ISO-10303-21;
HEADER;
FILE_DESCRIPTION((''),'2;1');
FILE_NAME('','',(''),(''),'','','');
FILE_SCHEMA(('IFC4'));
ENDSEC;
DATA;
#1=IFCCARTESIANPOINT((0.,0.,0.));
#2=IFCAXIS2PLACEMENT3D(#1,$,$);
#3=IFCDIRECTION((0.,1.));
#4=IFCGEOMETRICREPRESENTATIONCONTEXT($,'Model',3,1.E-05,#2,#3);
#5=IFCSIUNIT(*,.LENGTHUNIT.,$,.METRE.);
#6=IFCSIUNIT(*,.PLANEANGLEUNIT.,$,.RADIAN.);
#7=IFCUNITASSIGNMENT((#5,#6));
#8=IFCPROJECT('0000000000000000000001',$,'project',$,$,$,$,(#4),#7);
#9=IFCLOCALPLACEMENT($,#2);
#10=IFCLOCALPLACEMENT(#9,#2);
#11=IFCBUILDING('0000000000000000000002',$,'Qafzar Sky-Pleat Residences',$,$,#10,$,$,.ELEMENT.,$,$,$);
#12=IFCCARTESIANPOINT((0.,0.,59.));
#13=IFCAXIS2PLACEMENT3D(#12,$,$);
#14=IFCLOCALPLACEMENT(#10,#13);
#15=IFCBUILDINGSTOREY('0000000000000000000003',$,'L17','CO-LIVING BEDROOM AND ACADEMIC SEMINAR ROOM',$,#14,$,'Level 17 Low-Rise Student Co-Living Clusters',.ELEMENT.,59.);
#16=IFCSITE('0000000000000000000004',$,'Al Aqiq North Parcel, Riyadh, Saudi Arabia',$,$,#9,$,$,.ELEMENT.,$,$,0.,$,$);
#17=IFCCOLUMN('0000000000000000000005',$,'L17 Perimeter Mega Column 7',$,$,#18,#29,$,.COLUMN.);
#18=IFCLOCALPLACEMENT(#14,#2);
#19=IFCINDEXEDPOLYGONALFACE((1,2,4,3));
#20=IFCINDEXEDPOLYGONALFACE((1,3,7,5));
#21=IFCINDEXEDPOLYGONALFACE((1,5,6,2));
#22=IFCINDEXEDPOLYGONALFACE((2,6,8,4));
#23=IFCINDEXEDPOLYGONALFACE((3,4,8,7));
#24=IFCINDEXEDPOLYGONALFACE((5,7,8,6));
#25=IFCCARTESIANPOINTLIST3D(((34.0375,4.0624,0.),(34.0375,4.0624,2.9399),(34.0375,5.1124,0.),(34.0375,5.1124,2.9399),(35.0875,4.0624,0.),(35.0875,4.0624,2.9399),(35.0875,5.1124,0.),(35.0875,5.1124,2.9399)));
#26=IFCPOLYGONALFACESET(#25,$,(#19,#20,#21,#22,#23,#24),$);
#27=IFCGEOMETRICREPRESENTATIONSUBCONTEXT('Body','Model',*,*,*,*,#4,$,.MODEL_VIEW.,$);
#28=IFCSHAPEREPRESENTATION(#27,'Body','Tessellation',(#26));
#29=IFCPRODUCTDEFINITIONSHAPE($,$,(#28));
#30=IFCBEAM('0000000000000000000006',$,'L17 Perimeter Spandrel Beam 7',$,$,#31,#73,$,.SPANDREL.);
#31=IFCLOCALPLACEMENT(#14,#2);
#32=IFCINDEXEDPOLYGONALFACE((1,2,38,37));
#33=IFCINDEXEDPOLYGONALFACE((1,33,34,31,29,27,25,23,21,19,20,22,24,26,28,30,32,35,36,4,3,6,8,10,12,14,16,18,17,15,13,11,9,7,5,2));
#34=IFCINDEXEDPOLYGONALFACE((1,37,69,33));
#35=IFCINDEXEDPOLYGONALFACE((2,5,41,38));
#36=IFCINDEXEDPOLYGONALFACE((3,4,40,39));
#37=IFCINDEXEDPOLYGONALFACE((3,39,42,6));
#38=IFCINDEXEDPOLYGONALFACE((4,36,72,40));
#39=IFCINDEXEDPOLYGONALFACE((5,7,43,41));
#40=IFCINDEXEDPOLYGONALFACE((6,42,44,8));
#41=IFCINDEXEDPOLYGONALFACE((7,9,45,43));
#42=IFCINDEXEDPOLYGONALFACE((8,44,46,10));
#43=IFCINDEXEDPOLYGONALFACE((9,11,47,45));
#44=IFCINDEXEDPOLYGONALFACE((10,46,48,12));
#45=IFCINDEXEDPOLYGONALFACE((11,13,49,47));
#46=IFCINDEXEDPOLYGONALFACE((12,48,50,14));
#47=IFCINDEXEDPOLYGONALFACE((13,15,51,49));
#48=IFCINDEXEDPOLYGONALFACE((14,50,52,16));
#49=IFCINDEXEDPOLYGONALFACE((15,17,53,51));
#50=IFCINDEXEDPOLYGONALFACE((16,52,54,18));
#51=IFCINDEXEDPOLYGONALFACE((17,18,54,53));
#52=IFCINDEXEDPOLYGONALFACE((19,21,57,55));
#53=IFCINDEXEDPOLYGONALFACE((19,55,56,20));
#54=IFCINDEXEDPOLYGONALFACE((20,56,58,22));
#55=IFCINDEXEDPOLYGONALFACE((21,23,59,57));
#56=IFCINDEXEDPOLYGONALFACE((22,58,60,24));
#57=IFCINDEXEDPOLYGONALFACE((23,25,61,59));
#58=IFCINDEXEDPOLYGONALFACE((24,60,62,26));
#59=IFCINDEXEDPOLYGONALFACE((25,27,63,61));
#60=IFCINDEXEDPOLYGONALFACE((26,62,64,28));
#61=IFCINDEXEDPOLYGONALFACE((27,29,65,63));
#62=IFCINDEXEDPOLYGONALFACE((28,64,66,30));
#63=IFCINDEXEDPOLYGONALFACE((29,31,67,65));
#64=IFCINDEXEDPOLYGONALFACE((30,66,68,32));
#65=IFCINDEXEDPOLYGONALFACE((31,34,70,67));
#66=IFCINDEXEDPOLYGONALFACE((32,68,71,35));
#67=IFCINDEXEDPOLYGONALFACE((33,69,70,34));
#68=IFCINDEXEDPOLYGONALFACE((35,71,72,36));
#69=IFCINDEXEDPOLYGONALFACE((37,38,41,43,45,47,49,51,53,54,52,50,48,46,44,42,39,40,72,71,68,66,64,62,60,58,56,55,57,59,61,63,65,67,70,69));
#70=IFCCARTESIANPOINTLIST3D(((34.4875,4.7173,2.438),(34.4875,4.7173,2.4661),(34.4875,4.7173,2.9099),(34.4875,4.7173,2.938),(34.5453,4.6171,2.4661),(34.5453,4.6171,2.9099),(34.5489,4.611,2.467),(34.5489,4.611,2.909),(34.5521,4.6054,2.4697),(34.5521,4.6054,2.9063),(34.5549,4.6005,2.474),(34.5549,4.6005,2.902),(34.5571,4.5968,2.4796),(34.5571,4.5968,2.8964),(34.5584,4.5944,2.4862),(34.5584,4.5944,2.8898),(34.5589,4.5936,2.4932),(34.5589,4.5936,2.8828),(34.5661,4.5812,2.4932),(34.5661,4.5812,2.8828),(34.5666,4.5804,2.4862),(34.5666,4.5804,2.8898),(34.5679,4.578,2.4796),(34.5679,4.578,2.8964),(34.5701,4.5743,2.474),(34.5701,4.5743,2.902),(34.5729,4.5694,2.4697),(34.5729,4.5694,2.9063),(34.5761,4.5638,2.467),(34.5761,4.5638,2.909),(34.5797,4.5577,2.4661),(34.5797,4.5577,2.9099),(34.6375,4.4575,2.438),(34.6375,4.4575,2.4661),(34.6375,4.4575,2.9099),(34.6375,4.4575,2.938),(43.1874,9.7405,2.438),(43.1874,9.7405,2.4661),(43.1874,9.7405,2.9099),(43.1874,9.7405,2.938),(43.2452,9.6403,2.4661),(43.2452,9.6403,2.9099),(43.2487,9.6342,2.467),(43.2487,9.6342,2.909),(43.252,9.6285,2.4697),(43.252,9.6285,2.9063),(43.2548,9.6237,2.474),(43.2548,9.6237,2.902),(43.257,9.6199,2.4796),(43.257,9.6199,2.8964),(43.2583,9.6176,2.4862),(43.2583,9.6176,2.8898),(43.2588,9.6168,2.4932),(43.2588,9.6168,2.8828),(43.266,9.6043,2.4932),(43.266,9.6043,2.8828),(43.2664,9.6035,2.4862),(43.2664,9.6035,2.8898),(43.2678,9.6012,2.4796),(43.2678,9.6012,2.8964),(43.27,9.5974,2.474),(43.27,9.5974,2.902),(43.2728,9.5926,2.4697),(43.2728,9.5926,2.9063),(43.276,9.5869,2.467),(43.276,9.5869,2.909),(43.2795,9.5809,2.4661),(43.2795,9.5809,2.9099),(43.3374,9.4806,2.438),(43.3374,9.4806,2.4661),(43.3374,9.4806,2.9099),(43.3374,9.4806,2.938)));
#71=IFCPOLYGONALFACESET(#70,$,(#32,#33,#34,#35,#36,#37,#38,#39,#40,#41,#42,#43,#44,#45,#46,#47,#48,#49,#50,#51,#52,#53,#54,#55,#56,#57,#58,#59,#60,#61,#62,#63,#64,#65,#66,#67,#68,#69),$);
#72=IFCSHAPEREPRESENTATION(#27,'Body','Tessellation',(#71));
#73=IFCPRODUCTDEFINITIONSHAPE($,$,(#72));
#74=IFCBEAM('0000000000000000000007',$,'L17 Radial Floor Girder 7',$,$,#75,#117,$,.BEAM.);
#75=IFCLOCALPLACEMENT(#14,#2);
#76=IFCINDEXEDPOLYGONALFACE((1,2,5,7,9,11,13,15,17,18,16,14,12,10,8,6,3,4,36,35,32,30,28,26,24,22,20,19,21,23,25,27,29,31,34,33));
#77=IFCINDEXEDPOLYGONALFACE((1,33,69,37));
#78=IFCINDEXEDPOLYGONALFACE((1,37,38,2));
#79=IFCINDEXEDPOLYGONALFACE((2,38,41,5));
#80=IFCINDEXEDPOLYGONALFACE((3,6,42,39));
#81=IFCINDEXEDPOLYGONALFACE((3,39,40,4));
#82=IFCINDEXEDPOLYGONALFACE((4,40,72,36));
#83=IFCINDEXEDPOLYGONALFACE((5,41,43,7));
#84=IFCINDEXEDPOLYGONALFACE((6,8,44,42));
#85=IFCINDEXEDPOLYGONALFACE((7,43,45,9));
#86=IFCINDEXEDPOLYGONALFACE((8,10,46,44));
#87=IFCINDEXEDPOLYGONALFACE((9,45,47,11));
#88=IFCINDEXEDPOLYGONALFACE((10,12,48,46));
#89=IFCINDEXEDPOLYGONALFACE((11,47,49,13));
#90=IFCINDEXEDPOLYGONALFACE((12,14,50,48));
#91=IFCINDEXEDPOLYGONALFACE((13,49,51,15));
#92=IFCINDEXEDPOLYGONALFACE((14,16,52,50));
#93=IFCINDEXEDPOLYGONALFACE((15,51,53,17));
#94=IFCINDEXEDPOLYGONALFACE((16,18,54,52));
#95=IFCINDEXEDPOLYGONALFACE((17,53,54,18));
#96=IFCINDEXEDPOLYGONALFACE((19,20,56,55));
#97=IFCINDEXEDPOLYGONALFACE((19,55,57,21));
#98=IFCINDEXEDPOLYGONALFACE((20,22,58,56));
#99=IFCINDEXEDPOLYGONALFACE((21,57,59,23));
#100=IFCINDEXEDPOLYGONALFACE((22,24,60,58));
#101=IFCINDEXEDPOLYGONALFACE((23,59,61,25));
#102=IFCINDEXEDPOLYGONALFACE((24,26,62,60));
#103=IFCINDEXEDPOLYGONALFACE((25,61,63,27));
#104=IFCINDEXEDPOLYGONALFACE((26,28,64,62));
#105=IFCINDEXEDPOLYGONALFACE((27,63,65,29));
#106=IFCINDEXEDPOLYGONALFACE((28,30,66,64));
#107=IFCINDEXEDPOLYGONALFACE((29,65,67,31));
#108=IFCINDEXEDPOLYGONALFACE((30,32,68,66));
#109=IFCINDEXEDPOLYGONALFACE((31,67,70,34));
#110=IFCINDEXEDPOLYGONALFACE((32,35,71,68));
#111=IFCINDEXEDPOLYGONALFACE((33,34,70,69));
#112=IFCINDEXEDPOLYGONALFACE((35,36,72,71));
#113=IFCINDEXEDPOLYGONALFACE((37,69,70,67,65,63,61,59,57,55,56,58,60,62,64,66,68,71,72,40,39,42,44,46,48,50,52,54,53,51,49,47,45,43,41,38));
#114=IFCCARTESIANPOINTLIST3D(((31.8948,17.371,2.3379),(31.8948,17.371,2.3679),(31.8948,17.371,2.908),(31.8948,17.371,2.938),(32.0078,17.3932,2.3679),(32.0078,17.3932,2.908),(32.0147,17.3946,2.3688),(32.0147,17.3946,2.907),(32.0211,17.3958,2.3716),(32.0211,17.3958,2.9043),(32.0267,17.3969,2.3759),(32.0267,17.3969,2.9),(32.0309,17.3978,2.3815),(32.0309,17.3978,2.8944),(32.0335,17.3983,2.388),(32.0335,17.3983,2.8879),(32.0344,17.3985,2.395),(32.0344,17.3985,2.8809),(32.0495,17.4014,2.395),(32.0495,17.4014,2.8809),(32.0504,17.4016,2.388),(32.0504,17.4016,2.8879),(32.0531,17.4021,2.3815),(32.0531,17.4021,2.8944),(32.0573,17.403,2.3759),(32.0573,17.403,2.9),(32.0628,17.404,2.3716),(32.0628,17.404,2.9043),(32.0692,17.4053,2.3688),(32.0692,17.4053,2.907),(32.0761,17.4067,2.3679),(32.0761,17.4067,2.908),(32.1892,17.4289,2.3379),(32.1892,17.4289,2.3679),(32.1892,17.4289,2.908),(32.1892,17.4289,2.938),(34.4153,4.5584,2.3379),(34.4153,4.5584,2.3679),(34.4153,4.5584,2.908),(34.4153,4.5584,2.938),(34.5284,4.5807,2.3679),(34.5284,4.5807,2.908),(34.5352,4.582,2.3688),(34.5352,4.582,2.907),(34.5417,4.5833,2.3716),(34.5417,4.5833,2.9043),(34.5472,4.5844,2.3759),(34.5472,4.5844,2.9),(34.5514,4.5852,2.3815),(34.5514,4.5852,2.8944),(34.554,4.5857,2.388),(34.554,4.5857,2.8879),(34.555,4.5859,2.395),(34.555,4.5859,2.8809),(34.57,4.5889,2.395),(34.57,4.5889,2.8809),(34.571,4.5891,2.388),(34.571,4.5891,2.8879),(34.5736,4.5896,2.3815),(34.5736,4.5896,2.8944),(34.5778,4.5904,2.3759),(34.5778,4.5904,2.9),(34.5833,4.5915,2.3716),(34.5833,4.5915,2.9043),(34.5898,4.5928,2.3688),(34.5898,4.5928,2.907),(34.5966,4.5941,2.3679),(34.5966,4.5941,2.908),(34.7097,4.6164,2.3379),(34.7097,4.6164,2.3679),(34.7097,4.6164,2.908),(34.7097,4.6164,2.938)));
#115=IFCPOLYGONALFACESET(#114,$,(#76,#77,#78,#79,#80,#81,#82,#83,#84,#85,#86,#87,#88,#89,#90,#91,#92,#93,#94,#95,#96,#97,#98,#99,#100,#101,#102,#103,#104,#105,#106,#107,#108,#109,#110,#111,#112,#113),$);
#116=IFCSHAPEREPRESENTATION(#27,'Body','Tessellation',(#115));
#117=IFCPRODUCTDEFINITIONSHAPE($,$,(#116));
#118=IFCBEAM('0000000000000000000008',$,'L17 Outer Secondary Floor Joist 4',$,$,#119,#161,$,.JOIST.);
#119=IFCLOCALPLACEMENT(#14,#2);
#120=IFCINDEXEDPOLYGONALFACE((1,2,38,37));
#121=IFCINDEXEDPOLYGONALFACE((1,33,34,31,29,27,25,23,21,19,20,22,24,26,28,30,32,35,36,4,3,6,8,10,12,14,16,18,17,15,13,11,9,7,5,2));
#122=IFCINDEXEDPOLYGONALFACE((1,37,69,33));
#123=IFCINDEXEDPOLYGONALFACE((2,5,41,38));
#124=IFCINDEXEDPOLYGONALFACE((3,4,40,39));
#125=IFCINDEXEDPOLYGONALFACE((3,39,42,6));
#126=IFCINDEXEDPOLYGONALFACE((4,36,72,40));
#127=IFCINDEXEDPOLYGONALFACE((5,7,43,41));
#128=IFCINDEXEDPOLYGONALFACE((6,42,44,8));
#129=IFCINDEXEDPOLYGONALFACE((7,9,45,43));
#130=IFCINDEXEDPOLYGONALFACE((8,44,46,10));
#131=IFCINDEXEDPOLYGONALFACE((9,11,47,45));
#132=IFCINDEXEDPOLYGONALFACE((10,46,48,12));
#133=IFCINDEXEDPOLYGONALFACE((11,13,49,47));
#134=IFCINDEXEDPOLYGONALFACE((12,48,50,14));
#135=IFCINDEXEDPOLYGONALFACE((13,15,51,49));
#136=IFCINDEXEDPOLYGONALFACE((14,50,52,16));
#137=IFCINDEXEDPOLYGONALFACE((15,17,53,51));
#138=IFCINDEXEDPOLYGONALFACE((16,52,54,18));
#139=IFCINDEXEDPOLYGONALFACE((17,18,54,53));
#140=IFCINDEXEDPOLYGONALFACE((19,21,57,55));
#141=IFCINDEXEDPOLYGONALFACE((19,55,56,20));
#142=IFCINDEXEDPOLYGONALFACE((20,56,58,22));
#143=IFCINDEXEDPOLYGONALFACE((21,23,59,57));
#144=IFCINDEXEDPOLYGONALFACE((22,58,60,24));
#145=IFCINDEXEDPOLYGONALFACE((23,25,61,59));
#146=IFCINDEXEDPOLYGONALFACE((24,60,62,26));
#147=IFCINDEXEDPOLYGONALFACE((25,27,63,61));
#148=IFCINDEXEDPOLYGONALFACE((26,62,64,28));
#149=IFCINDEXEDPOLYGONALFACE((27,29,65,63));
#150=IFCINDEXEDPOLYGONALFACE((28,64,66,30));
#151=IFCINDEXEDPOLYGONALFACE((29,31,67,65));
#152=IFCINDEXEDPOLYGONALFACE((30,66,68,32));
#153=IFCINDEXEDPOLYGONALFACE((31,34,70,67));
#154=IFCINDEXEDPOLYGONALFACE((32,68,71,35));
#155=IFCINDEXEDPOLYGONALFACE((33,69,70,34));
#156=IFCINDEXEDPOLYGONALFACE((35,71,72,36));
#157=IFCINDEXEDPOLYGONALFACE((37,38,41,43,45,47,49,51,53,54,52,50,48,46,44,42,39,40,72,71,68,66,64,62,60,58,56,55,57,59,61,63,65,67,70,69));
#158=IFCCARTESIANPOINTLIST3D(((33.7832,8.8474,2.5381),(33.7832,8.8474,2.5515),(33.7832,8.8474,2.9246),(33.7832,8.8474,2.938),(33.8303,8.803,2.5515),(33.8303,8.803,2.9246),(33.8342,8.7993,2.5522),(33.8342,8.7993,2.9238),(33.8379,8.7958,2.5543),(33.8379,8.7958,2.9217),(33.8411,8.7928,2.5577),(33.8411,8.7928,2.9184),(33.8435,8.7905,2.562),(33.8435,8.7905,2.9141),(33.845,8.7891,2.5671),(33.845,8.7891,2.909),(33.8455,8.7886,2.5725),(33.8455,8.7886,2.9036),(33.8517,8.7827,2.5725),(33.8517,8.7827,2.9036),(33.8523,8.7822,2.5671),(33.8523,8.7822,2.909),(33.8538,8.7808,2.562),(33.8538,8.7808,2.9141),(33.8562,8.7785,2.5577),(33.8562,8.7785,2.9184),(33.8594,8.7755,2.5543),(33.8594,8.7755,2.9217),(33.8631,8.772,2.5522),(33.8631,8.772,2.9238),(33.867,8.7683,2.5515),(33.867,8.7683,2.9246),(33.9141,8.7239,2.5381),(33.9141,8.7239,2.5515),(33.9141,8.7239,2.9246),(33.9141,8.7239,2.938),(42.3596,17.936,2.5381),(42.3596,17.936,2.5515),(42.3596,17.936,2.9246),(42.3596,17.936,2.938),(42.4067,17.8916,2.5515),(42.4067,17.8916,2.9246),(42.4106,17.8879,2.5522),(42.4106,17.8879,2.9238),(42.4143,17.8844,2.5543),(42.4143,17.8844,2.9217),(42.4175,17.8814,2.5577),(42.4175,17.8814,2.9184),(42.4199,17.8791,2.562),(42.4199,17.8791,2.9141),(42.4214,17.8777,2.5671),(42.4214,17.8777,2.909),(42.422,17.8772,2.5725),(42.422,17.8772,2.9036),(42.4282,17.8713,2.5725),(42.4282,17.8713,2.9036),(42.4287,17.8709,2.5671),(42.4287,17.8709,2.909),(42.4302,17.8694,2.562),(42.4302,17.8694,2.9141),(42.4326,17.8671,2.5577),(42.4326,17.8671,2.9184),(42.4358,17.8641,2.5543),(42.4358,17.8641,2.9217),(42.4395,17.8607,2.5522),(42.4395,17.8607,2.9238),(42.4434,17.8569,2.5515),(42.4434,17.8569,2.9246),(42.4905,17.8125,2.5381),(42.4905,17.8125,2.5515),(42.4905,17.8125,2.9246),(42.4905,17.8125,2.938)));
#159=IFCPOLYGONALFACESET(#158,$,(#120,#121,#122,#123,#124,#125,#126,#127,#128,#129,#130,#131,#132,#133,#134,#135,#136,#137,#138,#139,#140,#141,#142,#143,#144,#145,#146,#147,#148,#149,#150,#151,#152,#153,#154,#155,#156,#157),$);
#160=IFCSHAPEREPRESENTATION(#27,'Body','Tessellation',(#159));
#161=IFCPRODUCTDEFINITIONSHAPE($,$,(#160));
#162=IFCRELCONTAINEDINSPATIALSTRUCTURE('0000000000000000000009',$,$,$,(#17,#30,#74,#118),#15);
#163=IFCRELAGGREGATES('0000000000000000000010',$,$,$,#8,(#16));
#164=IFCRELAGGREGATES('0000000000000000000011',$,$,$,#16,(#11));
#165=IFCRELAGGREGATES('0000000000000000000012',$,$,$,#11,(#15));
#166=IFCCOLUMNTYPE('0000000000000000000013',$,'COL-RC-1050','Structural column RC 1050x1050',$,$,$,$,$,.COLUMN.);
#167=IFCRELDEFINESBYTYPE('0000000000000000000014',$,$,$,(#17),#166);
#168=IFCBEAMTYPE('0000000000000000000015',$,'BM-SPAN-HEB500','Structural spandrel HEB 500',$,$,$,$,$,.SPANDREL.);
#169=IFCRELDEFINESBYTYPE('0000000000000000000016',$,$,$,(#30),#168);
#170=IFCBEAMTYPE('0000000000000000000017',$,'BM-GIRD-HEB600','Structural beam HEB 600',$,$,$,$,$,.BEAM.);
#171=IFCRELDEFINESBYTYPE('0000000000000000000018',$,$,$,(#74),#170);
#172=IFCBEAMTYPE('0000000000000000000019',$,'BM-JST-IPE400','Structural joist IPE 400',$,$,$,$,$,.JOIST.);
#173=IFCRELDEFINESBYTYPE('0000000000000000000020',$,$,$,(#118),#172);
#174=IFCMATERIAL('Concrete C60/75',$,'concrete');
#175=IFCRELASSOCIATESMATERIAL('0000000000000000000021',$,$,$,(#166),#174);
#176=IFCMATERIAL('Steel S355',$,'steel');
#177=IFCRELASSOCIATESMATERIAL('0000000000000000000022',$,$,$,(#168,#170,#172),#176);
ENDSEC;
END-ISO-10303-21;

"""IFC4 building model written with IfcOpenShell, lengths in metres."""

from ifc_helpers import new_model, si_unit, direction, frame, origin, origin_2d, place, context, subcontext, project, spatial, rectangle, i_section, extrude, source, transform, mapped, material, material_profile, profile_set, type_object, element, save


model = new_model("IFC4")

# Units and contexts
model_context = context("Model", 3, precision=1e-05, world=origin(), true_north=direction((0.0, 1.0)))
body_context = subcontext(model_context, "Body", "Model", "MODEL_VIEW")
ifc_project = project(units=[si_unit("LENGTHUNIT", "METRE"), si_unit("PLANEANGLEUNIT", "RADIAN")], contexts=[model_context])

# Site, building, storey
site_placement = place(None, origin())
site = spatial("IfcSite", under=ifc_project, at=site_placement, Name="Al Aqiq North Parcel, Riyadh, Saudi Arabia", CompositionType="ELEMENT", RefElevation=0.0)
building_placement = place(site_placement, origin())
building = spatial("IfcBuilding", under=site, at=building_placement, Name="Qafzar Sky-Pleat Residences", CompositionType="ELEMENT")
storey_placement = place(building_placement, frame((0.0, 0.0, 59.0)))
storey = spatial("IfcBuildingStorey", under=building, at=storey_placement, Name="L17", Description="CO-LIVING BEDROOM AND ACADEMIC SEMINAR ROOM", LongName="Level 17 Low-Rise Student Co-Living Clusters", CompositionType="ELEMENT", Elevation=59.0)

# Column
ifc_material_1 = material(Name="Concrete C60/75", Category="concrete")
ifc_material_profile_1 = material_profile(ifc_material_1, rectangle(XDim=1.05, YDim=1.05, at=origin_2d()), Name="RC 1050x1050")
ifc_profile_set_1 = profile_set([ifc_material_profile_1], Name="Concrete C60/75")
column_type = type_object("IfcColumnType", Name="COL-RC-1050", Description="Structural column RC 1050x1050", PredefinedType="COLUMN", material=ifc_profile_set_1)
shared_shape_1 = source(origin(), body_context, "Body", "SweptSolid", [
    extrude(rectangle(XDim=1.05, YDim=1.05, at=origin_2d()), origin(), (0.0, 0.0, 1.0), 2.9399),
])
column_placement = place(storey_placement, frame((34.5625, 4.5874, 0.0), z_axis=(0.0, 0.0, 1.0), x_axis=(1.0, 0.0, 0.0)))
element("IfcColumn", 1, at=column_placement, inside=storey, type_object=column_type, Name="L17 Perimeter Mega Column 7", PredefinedType="COLUMN", context=body_context, shape_type="MappedRepresentation", body=[
    mapped(shared_shape_1, transform((0.0, 0.0, 0.0), x_axis=(1.0, 0.0, 0.0), y_axis=(0.0, 1.0, 0.0), z_axis=(0.0, 0.0, 1.0), scale=1.0)),
])

# Beams
ifc_material_2 = material(Name="Steel S355", Category="steel")
ifc_material_profile_2 = material_profile(ifc_material_2, i_section(OverallWidth=0.3, OverallDepth=0.5, WebThickness=0.0144, FlangeThickness=0.0281, FilletRadius=0.0271, at=origin_2d()), Name="HEB 500")
ifc_profile_set_2 = profile_set([ifc_material_profile_2], Name="Steel S355")
beam_type_1 = type_object("IfcBeamType", Name="BM-SPAN-HEB500", Description="Structural spandrel HEB 500", PredefinedType="SPANDREL", material=ifc_profile_set_2)
shared_shape_2 = source(origin(), body_context, "Body", "SweptSolid", [
    extrude(i_section(OverallWidth=0.3, OverallDepth=0.5, WebThickness=0.0144, FlangeThickness=0.0281, FilletRadius=0.0271, at=origin_2d()), origin(), (0.0, 0.0, 1.0), 10.0459),
])
beam_1_placement = place(storey_placement, frame((34.5625, 4.5874, 2.688), z_axis=(0.866014, 0.50002, 0.0), x_axis=(-0.50002, 0.866014, 0.0)))
element("IfcBeam", 2, at=beam_1_placement, inside=storey, type_object=beam_type_1, Name="L17 Perimeter Spandrel Beam 7", PredefinedType="SPANDREL", context=body_context, shape_type="MappedRepresentation", body=[
    mapped(shared_shape_2, transform((0.0, 0.0, 0.0), x_axis=(1.0, 0.0, 0.0), y_axis=(0.0, 1.0, 0.0), z_axis=(0.0, 0.0, 1.0), scale=1.0)),
])
ifc_material_profile_3 = material_profile(ifc_material_2, i_section(OverallWidth=0.3, OverallDepth=0.6001, WebThickness=0.0154, FlangeThickness=0.03, FilletRadius=0.0271, at=origin_2d()), Name="HEB 600")
ifc_profile_set_3 = profile_set([ifc_material_profile_3], Name="Steel S355")
beam_type_2 = type_object("IfcBeamType", Name="BM-GIRD-HEB600", Description="Structural beam HEB 600", PredefinedType="BEAM", material=ifc_profile_set_3)
shared_shape_3 = source(origin(), body_context, "Body", "SweptSolid", [
    extrude(i_section(OverallWidth=0.3, OverallDepth=0.6001, WebThickness=0.0154, FlangeThickness=0.03, FilletRadius=0.0271, at=origin_2d()), origin(), (0.0, 0.0, 1.0), 13.0581),
])
beam_2_placement = place(storey_placement, frame((34.5625, 4.5874, 2.6379), z_axis=(-0.193023, 0.981194, 0.0), x_axis=(-0.981194, -0.193023, 0.0)))
element("IfcBeam", 3, at=beam_2_placement, inside=storey, type_object=beam_type_2, Name="L17 Radial Floor Girder 7", PredefinedType="BEAM", context=body_context, shape_type="MappedRepresentation", body=[
    mapped(shared_shape_3, transform((0.0, 0.0, 0.0), x_axis=(1.0, 0.0, 0.0), y_axis=(0.0, 1.0, 0.0), z_axis=(0.0, 0.0, 1.0), scale=1.0)),
])
ifc_material_profile_4 = material_profile(ifc_material_2, i_section(OverallWidth=0.1799, OverallDepth=0.3999, WebThickness=0.0085, FlangeThickness=0.0134, FilletRadius=0.021, at=origin_2d()), Name="IPE 400")
ifc_profile_set_4 = profile_set([ifc_material_profile_4], Name="Steel S355")
beam_type_3 = type_object("IfcBeamType", Name="BM-JST-IPE400", Description="Structural joist IPE 400", PredefinedType="JOIST", material=ifc_profile_set_4)
shared_shape_4 = source(origin(), body_context, "Body", "SweptSolid", [
    extrude(i_section(OverallWidth=0.1799, OverallDepth=0.3999, WebThickness=0.0085, FlangeThickness=0.0134, FilletRadius=0.021, at=origin_2d()), origin(), (0.0, 0.0, 1.0), 12.4963),
])
beam_3_placement = place(storey_placement, frame((33.8486, 8.7856, 2.738), z_axis=(0.686315, 0.727304, 0.0), x_axis=(-0.727304, 0.686315, 0.0)))
element("IfcBeam", 4, at=beam_3_placement, inside=storey, type_object=beam_type_3, Name="L17 Outer Secondary Floor Joist 4", PredefinedType="JOIST", context=body_context, shape_type="MappedRepresentation", body=[
    mapped(shared_shape_4, transform((0.0, 0.0, 0.0), x_axis=(1.0, 0.0, 0.0), y_axis=(0.0, 1.0, 0.0), z_axis=(0.0, 0.0, 1.0), scale=1.0)),
])

save(model, "model.ifc")
